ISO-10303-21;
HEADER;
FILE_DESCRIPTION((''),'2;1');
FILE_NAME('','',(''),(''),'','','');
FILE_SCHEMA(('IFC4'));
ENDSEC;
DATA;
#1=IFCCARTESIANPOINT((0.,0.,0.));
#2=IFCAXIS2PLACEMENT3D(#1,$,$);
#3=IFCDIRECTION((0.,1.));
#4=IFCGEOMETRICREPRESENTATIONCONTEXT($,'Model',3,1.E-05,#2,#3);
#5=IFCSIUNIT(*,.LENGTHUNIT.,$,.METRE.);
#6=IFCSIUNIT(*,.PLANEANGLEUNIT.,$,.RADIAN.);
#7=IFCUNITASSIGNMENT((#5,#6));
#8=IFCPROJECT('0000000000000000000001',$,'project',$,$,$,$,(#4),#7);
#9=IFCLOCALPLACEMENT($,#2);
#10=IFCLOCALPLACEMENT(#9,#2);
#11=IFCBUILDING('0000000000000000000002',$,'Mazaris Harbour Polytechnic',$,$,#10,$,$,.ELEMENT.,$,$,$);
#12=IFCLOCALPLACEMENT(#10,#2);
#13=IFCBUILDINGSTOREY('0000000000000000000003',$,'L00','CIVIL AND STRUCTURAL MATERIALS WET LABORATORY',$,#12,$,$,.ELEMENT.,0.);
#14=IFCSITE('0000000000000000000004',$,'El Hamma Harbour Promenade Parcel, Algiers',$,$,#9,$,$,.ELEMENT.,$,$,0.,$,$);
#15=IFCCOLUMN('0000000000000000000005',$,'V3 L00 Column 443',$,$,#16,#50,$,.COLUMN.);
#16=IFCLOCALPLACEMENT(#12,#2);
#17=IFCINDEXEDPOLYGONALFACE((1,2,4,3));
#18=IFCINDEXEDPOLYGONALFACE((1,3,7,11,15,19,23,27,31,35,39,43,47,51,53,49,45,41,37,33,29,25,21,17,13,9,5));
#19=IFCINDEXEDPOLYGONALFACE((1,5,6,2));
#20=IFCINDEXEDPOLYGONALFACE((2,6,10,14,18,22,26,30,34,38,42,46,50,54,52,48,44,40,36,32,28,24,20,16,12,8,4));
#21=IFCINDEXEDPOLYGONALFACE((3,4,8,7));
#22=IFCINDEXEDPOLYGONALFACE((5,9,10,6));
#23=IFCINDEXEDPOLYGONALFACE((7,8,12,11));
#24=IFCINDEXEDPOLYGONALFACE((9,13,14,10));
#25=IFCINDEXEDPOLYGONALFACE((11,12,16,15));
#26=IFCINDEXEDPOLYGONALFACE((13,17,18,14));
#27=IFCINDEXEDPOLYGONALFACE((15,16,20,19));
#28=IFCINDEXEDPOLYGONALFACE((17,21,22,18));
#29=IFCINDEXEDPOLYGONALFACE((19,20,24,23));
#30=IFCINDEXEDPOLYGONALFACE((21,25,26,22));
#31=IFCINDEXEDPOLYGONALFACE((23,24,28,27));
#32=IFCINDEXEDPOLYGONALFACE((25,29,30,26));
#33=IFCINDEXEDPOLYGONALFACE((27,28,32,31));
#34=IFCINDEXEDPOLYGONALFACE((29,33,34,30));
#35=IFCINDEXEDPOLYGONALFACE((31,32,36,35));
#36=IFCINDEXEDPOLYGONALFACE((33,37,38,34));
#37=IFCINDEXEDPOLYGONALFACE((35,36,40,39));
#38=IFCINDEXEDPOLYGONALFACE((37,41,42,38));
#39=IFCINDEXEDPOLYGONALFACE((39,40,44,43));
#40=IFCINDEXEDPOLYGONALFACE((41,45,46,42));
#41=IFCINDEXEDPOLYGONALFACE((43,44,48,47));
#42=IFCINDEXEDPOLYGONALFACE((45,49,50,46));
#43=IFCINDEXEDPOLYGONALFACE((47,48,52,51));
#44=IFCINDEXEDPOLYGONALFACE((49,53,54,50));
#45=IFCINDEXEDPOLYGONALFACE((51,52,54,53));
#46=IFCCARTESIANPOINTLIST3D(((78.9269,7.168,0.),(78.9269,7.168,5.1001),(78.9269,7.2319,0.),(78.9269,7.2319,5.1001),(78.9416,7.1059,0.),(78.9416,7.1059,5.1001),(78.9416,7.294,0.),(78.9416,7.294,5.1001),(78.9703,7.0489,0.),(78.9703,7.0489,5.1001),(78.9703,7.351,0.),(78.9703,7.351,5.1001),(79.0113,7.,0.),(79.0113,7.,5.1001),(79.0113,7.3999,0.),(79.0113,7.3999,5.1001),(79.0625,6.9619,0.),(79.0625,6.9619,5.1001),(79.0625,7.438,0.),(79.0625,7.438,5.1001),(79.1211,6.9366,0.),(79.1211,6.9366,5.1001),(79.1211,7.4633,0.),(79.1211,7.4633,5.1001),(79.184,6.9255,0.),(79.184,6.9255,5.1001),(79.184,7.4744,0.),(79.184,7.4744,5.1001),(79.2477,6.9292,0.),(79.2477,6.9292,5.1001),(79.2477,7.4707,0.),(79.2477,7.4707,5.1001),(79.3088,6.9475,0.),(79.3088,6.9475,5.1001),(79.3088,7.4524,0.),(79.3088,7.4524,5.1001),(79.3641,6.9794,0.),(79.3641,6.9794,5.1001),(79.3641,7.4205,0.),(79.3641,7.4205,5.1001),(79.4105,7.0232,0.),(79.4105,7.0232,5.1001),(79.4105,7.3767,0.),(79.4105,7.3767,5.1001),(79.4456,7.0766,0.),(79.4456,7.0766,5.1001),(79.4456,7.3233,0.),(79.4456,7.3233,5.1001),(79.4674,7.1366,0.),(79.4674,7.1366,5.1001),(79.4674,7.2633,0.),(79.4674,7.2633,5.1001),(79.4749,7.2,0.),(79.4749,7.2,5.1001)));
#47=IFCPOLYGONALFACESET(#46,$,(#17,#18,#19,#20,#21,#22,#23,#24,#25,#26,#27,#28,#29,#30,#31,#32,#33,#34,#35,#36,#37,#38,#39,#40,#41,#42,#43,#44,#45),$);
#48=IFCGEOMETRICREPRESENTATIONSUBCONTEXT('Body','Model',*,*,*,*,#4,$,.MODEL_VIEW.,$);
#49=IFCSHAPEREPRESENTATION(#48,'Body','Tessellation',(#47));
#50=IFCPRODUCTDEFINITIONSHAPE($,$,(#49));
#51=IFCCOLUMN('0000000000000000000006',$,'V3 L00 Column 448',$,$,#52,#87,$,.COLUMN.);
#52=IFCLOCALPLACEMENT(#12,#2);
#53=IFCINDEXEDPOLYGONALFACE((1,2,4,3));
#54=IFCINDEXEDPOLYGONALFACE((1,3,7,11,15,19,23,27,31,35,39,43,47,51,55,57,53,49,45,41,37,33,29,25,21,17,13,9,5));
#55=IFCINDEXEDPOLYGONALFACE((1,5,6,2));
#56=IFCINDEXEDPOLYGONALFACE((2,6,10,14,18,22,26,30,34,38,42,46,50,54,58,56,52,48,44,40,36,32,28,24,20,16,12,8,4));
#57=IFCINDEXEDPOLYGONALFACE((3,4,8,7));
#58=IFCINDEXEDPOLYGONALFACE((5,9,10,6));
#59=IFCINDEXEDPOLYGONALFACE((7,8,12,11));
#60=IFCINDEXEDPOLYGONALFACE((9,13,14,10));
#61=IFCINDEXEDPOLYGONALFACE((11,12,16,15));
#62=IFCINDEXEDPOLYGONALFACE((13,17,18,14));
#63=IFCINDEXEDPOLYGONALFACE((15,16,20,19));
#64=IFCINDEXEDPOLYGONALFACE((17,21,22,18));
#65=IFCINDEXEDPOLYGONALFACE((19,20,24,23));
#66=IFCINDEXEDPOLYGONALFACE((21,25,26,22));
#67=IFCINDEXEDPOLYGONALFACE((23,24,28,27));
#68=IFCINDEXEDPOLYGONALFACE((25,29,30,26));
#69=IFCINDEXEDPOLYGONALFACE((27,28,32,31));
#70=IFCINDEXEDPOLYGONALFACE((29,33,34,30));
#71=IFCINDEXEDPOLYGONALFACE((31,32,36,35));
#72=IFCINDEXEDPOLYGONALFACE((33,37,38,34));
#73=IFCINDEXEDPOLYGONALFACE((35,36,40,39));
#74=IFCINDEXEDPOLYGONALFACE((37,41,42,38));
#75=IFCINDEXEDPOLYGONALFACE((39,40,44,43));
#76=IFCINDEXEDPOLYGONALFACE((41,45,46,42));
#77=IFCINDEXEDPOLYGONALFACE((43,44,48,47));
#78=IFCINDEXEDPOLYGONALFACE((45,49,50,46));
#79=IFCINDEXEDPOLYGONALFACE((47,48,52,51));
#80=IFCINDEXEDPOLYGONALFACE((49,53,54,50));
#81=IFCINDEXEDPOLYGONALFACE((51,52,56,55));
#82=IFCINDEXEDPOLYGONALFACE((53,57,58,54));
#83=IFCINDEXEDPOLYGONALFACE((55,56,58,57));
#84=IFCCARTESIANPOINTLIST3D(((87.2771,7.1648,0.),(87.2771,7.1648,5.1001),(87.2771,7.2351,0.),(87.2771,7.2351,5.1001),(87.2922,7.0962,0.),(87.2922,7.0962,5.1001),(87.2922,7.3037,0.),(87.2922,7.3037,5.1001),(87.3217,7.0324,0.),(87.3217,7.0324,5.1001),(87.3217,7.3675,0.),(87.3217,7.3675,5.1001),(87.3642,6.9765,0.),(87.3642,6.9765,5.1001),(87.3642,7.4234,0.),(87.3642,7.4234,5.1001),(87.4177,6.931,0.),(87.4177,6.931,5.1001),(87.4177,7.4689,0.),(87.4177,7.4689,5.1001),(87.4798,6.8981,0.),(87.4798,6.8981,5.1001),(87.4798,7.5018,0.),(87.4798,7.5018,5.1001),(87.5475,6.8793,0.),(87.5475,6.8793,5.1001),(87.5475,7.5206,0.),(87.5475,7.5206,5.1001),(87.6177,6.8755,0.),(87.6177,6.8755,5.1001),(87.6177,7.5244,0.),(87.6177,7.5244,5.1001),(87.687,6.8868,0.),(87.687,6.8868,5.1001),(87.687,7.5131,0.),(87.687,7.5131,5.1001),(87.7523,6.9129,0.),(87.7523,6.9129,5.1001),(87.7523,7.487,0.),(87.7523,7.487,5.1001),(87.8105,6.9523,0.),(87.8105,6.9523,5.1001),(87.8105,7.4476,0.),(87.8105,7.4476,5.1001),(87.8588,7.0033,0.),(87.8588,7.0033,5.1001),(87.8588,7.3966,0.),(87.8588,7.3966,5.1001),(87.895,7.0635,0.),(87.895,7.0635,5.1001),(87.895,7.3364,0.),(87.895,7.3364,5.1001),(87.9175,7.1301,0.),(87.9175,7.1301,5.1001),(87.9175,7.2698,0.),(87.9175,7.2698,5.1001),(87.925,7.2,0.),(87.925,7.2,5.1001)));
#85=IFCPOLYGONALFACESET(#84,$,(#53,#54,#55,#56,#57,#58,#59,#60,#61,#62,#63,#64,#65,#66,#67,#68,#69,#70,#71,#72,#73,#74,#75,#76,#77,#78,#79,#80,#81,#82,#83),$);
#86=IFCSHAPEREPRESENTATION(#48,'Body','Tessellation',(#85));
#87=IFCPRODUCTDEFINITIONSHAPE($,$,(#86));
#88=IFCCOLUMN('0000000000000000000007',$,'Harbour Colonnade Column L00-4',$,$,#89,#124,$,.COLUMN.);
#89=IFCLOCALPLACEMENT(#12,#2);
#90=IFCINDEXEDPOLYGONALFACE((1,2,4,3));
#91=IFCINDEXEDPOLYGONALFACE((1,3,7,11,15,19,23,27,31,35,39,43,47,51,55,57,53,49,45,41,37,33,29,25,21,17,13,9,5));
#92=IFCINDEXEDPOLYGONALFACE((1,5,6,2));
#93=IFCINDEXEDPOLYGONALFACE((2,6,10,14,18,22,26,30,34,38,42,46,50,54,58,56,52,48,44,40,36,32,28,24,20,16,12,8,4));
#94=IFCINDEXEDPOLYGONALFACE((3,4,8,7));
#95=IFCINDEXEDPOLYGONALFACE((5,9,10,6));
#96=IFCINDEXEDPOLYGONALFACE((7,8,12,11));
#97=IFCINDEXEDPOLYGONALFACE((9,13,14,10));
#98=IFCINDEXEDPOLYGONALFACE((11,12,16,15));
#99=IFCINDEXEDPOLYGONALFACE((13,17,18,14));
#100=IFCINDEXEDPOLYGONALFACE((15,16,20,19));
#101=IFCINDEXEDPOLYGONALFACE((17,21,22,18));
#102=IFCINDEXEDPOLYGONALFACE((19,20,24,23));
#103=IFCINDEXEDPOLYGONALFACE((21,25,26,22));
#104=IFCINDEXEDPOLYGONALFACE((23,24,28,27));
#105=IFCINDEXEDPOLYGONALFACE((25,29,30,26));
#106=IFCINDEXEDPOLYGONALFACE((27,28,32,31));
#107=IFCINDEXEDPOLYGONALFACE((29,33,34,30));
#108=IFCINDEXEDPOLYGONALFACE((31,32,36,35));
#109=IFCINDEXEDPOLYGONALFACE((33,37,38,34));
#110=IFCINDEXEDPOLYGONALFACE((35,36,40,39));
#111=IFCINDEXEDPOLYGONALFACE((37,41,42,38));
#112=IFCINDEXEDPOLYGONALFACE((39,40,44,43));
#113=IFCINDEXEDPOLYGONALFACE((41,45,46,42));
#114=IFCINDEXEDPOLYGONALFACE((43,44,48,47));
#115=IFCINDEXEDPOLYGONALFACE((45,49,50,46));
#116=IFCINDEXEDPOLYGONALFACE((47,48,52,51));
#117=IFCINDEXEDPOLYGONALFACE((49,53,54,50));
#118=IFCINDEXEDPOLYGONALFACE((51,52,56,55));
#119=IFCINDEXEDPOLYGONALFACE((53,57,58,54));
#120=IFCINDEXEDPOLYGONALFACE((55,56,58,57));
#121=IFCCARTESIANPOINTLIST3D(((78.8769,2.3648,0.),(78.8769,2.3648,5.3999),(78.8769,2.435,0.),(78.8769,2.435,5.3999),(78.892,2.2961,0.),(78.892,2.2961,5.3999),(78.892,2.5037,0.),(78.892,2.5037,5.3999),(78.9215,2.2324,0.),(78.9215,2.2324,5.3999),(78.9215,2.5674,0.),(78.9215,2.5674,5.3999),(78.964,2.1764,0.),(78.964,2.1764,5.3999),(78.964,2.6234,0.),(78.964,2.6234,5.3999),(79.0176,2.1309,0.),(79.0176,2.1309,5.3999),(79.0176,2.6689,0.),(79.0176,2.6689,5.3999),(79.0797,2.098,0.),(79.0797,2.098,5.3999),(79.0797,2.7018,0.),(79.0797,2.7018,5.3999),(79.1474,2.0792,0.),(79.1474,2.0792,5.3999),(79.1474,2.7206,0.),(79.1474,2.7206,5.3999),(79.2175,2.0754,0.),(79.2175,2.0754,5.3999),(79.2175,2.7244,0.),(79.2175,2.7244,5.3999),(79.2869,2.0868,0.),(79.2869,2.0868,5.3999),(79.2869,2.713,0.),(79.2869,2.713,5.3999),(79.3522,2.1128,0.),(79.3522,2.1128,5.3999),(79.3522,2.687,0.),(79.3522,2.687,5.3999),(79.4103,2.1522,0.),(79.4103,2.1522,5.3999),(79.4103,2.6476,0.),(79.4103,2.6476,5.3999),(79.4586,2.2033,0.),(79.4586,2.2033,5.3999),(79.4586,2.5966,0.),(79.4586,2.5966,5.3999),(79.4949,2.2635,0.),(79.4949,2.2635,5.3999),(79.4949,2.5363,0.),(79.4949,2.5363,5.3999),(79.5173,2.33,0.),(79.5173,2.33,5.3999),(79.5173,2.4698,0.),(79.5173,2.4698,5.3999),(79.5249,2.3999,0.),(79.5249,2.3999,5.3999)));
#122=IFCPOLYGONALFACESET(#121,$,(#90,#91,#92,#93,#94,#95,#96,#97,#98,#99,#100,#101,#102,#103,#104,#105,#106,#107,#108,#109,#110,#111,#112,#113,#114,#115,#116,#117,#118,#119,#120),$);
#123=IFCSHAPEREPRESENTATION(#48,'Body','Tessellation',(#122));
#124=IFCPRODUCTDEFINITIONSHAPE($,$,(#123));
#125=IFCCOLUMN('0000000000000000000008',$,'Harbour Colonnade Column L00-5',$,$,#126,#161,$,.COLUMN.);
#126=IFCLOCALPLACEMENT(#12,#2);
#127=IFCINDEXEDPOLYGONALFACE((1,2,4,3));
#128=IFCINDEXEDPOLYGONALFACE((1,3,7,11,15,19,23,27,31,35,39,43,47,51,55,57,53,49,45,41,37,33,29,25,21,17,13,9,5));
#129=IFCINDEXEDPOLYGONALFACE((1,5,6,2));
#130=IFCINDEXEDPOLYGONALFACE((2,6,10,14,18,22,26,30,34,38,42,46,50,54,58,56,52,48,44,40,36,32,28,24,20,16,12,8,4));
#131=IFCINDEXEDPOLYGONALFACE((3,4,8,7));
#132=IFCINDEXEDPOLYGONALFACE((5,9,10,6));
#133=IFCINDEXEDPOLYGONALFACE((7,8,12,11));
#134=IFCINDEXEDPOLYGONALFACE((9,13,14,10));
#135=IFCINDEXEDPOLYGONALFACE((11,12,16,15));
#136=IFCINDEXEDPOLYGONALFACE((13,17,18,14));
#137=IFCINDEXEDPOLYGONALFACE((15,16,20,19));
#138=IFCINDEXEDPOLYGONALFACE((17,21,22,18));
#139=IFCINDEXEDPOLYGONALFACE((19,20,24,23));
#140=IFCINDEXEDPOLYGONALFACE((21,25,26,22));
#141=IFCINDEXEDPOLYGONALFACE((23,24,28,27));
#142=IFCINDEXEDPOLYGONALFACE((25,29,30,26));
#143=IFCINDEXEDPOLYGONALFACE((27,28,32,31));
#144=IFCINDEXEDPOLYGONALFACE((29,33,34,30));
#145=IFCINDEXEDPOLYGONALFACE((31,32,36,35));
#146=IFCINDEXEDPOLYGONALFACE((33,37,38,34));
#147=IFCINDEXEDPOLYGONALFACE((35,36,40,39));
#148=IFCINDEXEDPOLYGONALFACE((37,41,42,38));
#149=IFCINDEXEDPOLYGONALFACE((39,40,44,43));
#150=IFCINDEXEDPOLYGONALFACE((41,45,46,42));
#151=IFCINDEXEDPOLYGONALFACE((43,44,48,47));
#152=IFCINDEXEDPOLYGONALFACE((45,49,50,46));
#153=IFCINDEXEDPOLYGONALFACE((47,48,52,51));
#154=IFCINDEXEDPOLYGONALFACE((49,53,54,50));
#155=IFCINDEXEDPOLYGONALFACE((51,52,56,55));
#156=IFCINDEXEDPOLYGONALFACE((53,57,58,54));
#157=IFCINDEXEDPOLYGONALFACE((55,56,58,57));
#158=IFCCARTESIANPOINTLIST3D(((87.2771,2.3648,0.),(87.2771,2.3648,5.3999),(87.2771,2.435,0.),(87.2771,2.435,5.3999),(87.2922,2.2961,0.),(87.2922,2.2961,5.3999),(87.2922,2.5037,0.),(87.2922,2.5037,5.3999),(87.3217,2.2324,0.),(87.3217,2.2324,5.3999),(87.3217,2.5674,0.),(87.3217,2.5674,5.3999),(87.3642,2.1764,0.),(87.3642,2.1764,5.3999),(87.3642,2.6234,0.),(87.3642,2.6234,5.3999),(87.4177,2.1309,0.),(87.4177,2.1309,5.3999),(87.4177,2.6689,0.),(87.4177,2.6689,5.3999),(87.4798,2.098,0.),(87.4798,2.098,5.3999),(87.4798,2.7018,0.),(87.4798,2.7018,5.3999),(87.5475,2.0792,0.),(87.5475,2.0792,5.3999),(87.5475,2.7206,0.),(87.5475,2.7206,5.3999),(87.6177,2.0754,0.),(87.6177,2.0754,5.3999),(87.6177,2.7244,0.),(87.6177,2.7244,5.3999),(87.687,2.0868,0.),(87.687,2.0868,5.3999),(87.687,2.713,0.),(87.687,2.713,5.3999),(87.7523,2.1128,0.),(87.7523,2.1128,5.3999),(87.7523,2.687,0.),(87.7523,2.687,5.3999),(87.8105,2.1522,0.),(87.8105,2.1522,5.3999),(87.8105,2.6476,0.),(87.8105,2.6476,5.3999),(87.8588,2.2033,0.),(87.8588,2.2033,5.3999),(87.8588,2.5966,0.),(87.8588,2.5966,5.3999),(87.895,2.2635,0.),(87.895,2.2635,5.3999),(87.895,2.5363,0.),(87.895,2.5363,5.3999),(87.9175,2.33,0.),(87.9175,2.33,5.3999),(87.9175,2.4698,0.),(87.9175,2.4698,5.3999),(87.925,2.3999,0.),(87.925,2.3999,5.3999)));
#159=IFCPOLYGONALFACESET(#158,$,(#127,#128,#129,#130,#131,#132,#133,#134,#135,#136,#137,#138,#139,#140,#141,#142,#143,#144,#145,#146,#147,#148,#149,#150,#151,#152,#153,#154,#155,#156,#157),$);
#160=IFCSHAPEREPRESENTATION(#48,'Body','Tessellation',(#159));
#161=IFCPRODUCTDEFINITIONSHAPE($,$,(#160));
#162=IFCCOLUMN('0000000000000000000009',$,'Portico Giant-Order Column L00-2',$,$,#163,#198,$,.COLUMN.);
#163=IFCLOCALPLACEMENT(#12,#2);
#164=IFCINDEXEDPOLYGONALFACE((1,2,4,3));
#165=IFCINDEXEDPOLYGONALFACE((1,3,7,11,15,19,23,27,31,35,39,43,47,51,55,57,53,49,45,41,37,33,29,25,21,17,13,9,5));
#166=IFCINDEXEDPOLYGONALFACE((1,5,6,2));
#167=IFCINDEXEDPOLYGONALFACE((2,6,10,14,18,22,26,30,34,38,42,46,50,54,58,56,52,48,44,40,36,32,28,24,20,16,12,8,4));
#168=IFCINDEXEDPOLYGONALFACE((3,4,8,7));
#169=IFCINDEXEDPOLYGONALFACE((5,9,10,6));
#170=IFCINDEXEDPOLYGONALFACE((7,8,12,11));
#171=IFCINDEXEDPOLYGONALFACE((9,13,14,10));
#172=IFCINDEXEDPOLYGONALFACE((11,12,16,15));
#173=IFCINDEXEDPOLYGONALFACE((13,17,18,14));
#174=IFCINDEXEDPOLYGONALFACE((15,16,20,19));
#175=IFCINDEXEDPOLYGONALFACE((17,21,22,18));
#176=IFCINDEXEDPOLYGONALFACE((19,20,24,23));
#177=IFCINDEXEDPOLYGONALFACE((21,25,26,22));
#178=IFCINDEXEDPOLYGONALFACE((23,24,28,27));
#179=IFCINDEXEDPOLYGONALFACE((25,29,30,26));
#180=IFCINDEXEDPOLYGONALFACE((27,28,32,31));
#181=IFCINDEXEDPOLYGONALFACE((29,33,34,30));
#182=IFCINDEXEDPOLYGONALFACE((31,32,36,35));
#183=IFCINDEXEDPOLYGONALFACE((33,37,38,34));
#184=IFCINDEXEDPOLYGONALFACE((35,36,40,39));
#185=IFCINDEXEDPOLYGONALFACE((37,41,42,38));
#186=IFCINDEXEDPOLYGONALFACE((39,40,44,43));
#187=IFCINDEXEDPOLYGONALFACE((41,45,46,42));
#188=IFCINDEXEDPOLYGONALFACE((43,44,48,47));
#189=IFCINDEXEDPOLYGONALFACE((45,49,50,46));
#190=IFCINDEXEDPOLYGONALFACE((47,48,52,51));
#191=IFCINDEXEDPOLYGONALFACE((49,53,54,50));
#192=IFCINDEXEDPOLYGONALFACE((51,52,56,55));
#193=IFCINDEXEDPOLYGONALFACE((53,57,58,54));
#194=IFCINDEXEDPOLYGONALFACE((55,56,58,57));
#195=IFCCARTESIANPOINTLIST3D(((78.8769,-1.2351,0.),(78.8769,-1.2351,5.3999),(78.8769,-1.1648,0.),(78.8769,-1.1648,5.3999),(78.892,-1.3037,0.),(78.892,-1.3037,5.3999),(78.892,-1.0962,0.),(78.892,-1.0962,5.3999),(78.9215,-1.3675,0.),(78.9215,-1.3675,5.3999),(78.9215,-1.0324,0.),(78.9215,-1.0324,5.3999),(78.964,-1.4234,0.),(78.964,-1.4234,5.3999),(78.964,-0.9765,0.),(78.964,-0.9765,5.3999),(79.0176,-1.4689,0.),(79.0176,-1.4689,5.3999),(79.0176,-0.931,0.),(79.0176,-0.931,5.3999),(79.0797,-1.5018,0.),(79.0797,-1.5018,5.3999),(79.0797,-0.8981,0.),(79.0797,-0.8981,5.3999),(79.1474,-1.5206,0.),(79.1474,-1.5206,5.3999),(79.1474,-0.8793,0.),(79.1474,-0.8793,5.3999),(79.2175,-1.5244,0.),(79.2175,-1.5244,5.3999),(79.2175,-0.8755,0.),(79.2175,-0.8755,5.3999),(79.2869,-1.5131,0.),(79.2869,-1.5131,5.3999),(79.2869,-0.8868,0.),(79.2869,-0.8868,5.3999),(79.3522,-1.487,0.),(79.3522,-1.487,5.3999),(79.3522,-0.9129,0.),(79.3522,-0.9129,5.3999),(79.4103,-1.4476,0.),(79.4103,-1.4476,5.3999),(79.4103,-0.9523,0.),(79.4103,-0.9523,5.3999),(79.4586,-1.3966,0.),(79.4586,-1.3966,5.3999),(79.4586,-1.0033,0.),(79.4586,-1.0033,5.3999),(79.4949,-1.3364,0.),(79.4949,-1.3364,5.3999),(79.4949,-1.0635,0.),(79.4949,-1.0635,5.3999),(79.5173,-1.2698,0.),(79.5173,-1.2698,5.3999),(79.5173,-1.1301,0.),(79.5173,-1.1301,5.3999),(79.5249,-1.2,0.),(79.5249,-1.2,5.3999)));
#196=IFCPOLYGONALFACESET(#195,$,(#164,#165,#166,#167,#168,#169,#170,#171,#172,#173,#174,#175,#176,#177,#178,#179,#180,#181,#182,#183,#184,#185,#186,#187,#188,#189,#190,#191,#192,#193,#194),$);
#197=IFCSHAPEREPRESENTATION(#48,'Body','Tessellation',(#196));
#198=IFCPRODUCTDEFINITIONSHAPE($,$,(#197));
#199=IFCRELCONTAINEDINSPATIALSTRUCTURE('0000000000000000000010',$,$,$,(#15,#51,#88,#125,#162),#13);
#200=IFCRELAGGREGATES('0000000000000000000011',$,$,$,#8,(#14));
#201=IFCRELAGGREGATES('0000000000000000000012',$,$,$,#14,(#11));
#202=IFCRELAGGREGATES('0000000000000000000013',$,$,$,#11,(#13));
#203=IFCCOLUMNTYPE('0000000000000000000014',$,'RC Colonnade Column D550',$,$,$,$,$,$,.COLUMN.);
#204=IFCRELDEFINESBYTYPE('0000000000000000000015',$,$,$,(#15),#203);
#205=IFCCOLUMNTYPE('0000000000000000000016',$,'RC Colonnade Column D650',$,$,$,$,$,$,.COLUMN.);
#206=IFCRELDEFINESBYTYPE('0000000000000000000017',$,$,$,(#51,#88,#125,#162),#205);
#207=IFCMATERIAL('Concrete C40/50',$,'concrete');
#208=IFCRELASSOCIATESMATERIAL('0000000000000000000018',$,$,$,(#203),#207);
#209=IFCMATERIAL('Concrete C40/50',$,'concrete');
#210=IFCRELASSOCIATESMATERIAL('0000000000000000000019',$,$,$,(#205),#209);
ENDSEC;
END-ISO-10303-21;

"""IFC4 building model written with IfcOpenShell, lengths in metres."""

from ifc_helpers import new_model, si_unit, direction, frame, origin, origin_2d, place, context, subcontext, project, spatial, circle, extrude, material, material_profile, profile_set, type_object, element, save


model = new_model("IFC4")

# Units and contexts
model_context = context("Model", 3, precision=1e-05, world=origin(), true_north=direction((0.0, 1.0)))
body_context = subcontext(model_context, "Body", "Model", "MODEL_VIEW")
ifc_project = project(units=[si_unit("LENGTHUNIT", "METRE"), si_unit("PLANEANGLEUNIT", "RADIAN")], contexts=[model_context])

# Site, building, storey
site_placement = place(None, origin())
site = spatial("IfcSite", under=ifc_project, at=site_placement, Name="El Hamma Harbour Promenade Parcel, Algiers", CompositionType="ELEMENT", RefElevation=0.0)
building_placement = place(site_placement, origin())
building = spatial("IfcBuilding", under=site, at=building_placement, Name="Mazaris Harbour Polytechnic", CompositionType="ELEMENT")
storey_placement = place(building_placement, origin())
storey = spatial("IfcBuildingStorey", under=building, at=storey_placement, Name="L00", Description="CIVIL AND STRUCTURAL MATERIALS WET LABORATORY", CompositionType="ELEMENT", Elevation=0.0)

# Columns
ifc_material_1 = material(Name="Concrete C40/50", Category="concrete")
ifc_material_profile_1 = material_profile(ifc_material_1, circle(Radius=0.2749, at=origin_2d()), Name="DIA550")
ifc_profile_set_1 = profile_set([ifc_material_profile_1], Name="Concrete C40/50")
column_type_1 = type_object("IfcColumnType", Name="RC Colonnade Column D550", PredefinedType="COLUMN", material=ifc_profile_set_1)
column_1_placement = place(storey_placement, frame((79.2, 7.2, 0.0), z_axis=(0.0, 0.0, 1.0), x_axis=(1.0, 0.0, 0.0)))
element("IfcColumn", 1, at=column_1_placement, inside=storey, type_object=column_type_1, Name="V3 L00 Column 443", PredefinedType="COLUMN", context=body_context, shape_type="SweptSolid", body=[
    extrude(circle(Radius=0.2749, at=origin_2d()), origin(), (0.0, 0.0, 1.0), 5.1001),
])
ifc_material_2 = material(Name="Concrete C40/50", Category="concrete")
ifc_material_profile_2 = material_profile(ifc_material_2, circle(Radius=0.325, at=origin_2d()), Name="DIA650")
ifc_profile_set_2 = profile_set([ifc_material_profile_2], Name="Concrete C40/50")
column_type_2 = type_object("IfcColumnType", Name="RC Colonnade Column D650", PredefinedType="COLUMN", material=ifc_profile_set_2)
column_2_placement = place(storey_placement, frame((87.6001, 7.2, 0.0), z_axis=(0.0, 0.0, 1.0), x_axis=(1.0, 0.0, 0.0)))
element("IfcColumn", 2, at=column_2_placement, inside=storey, type_object=column_type_2, Name="V3 L00 Column 448", PredefinedType="COLUMN", context=body_context, shape_type="SweptSolid", body=[
    extrude(circle(Radius=0.325, at=origin_2d()), origin(), (0.0, 0.0, 1.0), 5.1001),
])
for number, where, z_axis, x_axis, name in (
    (3, (79.2, 2.3999, 0.0), (0.0, 0.0, 1.0), (1.0, 0.0, 0.0), "Harbour Colonnade Column L00-4"),
    (4, (87.6001, 2.3999, 0.0), (0.0, 0.0, 1.0), (1.0, 0.0, 0.0), "Harbour Colonnade Column L00-5"),
    (5, (79.2, -1.2, 0.0), (0.0, 0.0, 1.0), (1.0, 0.0, 0.0), "Portico Giant-Order Column L00-2"),
):
    element("IfcColumn", number, at=place(storey_placement, frame(where, z_axis=z_axis, x_axis=x_axis)), inside=storey, type_object=column_type_2, Name=name, PredefinedType="COLUMN", context=body_context, shape_type="SweptSolid", body=[
        extrude(circle(Radius=0.325, at=origin_2d()), origin(), (0.0, 0.0, 1.0), 5.3999),
    ])

save(model, "model.ifc")
